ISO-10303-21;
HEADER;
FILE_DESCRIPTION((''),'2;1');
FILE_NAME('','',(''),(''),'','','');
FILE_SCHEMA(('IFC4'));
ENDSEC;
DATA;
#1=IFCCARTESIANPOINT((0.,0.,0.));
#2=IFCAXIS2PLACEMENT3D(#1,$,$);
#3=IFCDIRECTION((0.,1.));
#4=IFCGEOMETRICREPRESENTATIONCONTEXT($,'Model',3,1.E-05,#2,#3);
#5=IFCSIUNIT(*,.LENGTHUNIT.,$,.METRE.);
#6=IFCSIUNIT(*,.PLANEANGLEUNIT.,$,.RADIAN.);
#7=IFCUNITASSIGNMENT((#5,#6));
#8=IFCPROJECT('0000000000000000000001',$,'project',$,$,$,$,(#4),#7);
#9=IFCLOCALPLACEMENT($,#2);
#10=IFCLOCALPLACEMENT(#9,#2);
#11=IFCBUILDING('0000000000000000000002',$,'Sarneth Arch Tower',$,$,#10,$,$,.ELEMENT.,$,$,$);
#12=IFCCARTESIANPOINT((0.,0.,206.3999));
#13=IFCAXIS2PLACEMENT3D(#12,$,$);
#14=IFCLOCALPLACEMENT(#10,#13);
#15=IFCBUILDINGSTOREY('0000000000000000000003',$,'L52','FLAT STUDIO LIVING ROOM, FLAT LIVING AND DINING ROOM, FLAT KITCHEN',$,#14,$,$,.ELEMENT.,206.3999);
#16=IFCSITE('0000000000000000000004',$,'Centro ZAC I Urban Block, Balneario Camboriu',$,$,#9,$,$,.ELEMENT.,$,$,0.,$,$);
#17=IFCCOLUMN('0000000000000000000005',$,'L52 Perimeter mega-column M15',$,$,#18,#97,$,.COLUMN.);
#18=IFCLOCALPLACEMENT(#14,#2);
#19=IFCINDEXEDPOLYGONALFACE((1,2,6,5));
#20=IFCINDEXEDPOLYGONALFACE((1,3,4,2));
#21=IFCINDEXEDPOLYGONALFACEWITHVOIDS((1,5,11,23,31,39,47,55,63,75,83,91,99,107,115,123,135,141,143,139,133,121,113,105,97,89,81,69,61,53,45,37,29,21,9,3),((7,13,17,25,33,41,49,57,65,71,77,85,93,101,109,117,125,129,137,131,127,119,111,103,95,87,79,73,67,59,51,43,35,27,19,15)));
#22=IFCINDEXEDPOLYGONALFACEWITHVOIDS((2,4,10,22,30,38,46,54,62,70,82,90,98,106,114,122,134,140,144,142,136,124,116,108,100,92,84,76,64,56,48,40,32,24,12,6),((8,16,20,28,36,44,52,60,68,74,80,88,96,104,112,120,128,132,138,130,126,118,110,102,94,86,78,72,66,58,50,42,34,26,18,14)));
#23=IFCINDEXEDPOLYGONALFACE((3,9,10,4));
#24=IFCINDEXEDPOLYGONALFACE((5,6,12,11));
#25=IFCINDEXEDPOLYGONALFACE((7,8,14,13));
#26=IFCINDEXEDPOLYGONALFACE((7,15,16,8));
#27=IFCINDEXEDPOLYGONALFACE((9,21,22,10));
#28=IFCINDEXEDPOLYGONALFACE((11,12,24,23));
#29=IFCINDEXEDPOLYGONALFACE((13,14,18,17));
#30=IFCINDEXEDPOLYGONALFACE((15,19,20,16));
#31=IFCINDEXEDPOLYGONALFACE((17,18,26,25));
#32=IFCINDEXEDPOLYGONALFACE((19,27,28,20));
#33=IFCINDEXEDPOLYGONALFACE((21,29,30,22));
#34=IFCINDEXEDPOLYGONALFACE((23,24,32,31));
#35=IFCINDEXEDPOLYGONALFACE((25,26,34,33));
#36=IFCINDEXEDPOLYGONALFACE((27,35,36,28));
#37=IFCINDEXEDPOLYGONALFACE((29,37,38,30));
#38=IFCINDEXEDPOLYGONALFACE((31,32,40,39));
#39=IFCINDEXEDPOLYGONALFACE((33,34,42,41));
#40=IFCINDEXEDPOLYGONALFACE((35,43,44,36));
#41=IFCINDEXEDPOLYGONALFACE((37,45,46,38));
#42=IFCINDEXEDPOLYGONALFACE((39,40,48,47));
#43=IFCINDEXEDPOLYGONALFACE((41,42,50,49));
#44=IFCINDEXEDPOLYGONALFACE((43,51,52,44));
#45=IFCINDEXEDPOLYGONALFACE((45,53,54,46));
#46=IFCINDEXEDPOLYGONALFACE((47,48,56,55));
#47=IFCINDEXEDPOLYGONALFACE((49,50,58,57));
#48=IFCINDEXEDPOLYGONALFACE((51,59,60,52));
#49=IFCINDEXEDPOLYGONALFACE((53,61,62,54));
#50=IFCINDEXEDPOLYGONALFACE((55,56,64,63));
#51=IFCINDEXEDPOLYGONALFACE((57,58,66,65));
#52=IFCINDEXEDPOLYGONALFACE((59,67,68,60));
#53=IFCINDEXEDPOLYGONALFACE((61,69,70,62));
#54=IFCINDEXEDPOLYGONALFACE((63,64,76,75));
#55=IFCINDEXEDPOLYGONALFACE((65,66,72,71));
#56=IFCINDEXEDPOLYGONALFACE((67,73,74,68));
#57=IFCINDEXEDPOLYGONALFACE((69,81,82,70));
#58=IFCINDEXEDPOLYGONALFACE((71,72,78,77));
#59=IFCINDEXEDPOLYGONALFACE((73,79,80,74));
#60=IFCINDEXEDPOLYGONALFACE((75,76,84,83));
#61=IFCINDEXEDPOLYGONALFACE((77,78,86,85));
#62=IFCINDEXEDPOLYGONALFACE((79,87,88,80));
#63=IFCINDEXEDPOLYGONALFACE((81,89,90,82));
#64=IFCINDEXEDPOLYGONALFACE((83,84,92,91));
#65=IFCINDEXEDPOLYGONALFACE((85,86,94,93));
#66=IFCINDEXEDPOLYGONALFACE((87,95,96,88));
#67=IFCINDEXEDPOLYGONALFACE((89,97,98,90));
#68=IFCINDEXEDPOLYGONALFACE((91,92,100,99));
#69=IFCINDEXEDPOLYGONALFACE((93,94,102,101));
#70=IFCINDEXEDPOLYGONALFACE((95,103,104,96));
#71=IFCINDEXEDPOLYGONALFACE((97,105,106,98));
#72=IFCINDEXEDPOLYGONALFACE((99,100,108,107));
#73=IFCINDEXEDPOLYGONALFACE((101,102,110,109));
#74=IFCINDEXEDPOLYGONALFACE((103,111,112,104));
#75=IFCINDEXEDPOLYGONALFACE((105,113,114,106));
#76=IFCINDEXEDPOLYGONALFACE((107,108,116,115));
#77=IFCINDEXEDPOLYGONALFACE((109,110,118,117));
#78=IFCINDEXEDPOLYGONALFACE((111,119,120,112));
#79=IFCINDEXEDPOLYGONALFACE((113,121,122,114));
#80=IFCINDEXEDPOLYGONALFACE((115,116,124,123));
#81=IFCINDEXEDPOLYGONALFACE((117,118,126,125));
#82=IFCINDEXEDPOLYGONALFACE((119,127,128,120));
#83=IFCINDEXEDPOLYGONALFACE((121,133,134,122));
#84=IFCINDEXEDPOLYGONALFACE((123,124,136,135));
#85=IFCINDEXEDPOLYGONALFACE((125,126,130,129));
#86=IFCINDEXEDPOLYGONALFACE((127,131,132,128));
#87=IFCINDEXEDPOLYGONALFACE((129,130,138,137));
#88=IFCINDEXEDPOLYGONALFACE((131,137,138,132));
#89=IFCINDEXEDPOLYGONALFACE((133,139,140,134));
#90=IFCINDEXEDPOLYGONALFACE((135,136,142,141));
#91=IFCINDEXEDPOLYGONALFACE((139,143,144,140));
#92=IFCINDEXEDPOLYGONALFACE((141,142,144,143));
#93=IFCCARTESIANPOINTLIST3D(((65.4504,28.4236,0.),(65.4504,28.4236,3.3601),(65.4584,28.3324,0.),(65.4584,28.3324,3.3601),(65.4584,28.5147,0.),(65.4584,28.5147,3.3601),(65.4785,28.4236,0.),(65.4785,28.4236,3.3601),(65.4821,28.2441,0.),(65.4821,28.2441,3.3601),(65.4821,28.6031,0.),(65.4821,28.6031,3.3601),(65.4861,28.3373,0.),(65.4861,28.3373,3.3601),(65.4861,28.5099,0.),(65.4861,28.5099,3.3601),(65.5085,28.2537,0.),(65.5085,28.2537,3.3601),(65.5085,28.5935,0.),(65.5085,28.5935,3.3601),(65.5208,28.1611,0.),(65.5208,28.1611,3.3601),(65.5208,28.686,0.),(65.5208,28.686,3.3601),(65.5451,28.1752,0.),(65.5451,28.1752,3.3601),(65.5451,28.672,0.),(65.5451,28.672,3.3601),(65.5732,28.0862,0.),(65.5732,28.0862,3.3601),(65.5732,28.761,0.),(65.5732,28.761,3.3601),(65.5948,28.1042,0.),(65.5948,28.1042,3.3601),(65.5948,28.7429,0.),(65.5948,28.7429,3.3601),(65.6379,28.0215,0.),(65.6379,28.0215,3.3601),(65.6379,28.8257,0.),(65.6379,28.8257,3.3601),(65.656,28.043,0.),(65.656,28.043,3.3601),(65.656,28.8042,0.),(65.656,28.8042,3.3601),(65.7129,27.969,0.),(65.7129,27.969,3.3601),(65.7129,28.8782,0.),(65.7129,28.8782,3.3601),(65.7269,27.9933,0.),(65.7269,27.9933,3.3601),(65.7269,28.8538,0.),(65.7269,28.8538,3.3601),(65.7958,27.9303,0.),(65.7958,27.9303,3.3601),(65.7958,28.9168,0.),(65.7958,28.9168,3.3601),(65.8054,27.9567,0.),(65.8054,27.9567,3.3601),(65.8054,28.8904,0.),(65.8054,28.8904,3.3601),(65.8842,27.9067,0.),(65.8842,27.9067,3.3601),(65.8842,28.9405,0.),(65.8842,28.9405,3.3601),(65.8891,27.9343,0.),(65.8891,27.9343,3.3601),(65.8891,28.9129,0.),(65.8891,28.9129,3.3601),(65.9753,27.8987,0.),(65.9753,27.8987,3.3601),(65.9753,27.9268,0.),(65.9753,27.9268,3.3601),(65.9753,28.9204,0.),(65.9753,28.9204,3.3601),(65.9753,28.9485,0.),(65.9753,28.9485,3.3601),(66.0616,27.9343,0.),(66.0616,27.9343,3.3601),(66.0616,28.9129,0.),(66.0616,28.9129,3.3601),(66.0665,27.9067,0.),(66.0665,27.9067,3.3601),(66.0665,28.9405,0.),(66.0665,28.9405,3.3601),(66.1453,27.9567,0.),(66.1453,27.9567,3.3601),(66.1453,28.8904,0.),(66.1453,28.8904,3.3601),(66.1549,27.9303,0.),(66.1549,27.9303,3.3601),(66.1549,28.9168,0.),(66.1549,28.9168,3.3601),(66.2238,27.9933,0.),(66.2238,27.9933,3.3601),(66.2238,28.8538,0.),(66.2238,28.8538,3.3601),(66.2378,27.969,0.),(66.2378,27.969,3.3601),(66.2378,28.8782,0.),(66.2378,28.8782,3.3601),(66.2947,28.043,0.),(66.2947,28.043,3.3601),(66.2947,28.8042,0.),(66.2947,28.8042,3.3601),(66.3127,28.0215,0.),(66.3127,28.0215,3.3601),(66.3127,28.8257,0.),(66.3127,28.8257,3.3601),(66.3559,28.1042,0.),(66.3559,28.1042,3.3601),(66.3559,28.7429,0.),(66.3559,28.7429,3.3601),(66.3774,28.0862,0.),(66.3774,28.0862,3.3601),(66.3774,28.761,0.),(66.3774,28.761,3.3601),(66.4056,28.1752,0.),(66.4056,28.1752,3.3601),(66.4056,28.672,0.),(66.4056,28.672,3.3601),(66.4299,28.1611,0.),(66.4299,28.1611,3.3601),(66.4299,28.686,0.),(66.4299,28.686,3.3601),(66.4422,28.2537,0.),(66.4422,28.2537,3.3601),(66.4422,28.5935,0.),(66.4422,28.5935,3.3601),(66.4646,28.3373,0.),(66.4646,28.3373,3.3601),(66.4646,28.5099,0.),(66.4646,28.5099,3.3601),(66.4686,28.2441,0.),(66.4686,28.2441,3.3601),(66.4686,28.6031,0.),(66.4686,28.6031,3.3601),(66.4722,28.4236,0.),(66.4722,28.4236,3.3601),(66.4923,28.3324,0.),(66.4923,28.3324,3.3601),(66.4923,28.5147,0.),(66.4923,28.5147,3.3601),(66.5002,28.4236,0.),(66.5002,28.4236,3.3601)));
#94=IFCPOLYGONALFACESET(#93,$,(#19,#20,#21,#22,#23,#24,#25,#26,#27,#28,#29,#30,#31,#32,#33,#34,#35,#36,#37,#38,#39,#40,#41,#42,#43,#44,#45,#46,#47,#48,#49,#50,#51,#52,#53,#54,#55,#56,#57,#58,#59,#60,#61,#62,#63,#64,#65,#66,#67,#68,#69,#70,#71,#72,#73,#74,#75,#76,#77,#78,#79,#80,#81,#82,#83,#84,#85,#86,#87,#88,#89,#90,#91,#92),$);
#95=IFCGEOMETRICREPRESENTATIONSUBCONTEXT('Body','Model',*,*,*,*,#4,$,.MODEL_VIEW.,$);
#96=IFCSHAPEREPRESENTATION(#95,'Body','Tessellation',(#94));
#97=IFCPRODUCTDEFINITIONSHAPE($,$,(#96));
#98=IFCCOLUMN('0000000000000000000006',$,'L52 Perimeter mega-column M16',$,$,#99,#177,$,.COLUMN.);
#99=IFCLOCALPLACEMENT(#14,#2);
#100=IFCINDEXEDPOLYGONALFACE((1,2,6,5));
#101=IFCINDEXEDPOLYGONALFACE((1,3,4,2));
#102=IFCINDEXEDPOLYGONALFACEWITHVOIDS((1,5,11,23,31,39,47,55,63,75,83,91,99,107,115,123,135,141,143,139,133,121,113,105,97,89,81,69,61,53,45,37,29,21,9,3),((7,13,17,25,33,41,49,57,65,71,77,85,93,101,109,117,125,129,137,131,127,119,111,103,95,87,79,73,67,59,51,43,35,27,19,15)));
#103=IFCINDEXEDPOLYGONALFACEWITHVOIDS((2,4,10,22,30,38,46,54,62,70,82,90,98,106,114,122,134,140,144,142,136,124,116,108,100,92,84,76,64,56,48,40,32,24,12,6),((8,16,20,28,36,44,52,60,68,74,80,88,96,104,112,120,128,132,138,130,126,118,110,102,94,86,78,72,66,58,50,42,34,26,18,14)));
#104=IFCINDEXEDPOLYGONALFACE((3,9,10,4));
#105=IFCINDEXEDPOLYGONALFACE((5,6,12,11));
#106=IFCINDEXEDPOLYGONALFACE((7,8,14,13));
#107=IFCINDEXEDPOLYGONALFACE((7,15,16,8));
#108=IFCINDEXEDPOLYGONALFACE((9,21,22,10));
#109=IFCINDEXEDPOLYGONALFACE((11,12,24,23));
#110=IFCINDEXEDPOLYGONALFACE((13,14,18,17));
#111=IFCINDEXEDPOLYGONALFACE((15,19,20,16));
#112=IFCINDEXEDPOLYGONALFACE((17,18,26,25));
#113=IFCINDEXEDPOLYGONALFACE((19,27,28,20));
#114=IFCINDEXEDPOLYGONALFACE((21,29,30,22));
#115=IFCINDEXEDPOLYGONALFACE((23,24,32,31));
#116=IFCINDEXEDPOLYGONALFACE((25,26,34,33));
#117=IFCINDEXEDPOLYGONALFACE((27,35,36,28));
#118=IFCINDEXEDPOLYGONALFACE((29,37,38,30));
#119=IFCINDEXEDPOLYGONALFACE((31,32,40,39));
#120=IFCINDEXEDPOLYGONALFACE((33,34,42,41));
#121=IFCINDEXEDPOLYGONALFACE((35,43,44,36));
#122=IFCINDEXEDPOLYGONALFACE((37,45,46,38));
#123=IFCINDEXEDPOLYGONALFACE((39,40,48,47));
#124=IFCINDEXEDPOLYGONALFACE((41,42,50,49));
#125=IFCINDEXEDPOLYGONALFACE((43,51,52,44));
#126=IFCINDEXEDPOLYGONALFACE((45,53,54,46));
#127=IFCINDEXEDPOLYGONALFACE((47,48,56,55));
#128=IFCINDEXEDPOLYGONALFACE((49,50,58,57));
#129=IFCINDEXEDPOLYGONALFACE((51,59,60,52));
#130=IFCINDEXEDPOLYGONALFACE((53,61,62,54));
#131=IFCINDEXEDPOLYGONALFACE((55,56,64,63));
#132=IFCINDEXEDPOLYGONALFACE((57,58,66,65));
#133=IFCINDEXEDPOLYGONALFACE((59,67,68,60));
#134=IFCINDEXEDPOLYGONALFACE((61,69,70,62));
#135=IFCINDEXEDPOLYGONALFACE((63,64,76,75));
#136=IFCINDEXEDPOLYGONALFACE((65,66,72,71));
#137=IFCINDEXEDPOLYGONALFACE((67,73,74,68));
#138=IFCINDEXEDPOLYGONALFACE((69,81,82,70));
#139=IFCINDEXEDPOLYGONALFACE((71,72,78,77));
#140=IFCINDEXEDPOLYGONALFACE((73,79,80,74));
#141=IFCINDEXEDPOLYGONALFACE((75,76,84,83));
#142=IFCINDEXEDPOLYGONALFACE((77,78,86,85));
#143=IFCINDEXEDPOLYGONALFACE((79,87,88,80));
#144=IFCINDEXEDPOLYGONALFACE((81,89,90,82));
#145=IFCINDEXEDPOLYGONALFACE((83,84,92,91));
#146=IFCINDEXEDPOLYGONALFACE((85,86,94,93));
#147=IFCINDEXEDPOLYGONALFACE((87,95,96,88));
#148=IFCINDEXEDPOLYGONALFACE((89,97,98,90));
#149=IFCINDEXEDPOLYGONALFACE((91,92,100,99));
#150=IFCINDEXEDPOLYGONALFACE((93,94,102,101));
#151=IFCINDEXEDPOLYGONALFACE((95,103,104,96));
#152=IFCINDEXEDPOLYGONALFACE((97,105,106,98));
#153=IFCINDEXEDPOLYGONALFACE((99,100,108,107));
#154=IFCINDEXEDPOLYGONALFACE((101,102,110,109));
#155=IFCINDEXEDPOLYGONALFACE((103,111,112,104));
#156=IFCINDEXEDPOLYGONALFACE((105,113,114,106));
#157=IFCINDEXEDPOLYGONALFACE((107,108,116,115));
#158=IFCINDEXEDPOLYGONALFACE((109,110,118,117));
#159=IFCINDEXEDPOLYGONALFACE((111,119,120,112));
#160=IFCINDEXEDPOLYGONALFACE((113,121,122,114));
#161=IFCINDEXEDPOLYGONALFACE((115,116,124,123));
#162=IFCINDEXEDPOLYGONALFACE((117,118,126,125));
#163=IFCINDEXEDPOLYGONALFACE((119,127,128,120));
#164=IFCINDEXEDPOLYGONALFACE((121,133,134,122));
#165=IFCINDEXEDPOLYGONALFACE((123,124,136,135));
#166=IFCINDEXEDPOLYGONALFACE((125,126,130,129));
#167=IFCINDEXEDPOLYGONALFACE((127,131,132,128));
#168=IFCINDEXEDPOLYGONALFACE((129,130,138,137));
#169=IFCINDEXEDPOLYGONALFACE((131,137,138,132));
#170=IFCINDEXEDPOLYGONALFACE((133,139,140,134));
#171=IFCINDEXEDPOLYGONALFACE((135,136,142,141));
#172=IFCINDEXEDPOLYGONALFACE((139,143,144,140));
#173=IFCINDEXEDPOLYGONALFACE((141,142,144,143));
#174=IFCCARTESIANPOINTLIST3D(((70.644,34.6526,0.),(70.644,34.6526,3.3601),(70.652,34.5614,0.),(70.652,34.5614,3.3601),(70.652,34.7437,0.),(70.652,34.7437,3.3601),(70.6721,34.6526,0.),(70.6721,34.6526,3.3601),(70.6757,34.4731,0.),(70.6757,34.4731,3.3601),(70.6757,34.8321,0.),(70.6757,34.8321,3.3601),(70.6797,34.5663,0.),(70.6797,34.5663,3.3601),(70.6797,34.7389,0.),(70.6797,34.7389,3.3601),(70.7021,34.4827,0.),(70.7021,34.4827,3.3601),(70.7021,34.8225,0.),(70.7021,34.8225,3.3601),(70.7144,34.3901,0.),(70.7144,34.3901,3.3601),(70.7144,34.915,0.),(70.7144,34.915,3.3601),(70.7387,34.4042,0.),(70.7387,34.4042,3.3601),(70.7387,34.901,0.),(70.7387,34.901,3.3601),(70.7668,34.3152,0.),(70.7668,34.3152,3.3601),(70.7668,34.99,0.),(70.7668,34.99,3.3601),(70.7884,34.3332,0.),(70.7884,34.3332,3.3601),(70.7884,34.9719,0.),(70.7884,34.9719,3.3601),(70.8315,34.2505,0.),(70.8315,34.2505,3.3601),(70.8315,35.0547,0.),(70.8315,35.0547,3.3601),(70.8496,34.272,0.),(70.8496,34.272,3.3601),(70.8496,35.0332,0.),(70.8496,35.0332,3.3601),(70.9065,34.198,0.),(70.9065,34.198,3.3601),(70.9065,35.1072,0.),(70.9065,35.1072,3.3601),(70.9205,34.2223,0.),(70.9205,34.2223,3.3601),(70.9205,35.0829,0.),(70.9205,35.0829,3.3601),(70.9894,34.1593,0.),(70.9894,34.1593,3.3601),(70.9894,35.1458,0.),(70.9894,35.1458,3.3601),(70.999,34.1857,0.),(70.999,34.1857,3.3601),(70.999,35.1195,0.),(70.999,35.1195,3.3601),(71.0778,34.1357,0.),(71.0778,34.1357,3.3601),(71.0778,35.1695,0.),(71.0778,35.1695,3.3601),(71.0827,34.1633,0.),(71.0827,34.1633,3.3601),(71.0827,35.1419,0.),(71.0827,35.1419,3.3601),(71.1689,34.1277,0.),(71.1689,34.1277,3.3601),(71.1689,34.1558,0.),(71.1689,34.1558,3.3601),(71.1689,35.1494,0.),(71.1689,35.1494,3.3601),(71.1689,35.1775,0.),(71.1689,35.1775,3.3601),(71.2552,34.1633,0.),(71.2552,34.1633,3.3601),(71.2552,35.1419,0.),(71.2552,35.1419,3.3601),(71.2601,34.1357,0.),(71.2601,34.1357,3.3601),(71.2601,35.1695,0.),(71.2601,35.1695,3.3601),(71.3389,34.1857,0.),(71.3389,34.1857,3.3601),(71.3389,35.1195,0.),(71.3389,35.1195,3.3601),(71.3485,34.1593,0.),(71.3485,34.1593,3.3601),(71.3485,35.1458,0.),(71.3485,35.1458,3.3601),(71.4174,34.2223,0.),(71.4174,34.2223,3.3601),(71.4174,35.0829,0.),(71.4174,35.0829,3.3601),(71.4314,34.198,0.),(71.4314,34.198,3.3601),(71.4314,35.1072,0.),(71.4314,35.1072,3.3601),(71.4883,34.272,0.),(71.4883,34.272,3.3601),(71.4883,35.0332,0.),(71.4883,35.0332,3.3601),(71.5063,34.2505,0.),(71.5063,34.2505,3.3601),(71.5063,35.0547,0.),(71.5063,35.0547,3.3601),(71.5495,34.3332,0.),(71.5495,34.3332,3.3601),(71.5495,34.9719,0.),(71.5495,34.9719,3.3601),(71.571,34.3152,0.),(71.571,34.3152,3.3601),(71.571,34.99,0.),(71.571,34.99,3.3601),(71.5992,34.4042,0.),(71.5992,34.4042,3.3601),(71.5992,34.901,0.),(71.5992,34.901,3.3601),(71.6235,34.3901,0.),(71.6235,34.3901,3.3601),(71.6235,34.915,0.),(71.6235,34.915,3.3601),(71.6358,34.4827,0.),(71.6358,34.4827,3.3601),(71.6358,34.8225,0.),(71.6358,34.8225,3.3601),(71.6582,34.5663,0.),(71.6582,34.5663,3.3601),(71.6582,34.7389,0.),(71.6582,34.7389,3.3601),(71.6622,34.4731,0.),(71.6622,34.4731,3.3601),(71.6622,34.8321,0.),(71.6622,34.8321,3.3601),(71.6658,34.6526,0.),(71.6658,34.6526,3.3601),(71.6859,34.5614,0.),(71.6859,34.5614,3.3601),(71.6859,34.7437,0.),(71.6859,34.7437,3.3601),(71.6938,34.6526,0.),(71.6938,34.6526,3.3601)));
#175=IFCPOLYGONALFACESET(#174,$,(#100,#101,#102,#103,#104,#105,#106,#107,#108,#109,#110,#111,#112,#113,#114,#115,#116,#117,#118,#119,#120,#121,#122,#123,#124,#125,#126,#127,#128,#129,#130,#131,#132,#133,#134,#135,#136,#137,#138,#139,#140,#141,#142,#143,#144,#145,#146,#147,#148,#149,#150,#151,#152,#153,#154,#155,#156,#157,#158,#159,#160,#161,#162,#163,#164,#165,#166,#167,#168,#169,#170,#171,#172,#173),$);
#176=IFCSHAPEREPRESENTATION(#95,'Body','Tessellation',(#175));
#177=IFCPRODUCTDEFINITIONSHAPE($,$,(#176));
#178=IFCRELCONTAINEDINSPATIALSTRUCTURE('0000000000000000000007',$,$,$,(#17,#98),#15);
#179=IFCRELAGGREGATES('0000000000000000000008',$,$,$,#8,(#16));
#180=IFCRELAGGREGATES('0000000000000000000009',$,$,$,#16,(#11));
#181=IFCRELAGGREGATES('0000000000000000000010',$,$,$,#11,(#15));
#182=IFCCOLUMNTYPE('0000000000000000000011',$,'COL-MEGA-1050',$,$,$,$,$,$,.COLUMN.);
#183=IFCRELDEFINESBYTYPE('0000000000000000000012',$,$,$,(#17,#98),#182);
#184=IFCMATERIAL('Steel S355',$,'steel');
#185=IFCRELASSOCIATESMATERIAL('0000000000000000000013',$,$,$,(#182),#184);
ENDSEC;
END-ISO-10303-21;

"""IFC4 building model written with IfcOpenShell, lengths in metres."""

from ifc_helpers import new_model, si_unit, direction, frame, origin, origin_2d, place, context, subcontext, project, spatial, hollow_circle, extrude, material, material_profile, profile_set, type_object, element, save


model = new_model("IFC4")

# Units and contexts
model_context = context("Model", 3, precision=1e-05, world=origin(), true_north=direction((0.0, 1.0)))
body_context = subcontext(model_context, "Body", "Model", "MODEL_VIEW")
ifc_project = project(units=[si_unit("LENGTHUNIT", "METRE"), si_unit("PLANEANGLEUNIT", "RADIAN")], contexts=[model_context])

# Site, building, storey
site_placement = place(None, origin())
site = spatial("IfcSite", under=ifc_project, at=site_placement, Name="Centro ZAC I Urban Block, Balneario Camboriu", CompositionType="ELEMENT", RefElevation=0.0)
building_placement = place(site_placement, origin())
building = spatial("IfcBuilding", under=site, at=building_placement, Name="Sarneth Arch Tower", CompositionType="ELEMENT")
storey_placement = place(building_placement, frame((0.0, 0.0, 206.3999)))
storey = spatial("IfcBuildingStorey", under=building, at=storey_placement, Name="L52", Description="FLAT STUDIO LIVING ROOM, FLAT LIVING AND DINING ROOM, FLAT KITCHEN", CompositionType="ELEMENT", Elevation=206.3999)

# Columns
ifc_material_1 = material(Name="Steel S355", Category="steel")
ifc_material_profile_1 = material_profile(ifc_material_1, hollow_circle(Radius=0.5249, WallThickness=0.0281, at=origin_2d()), Name="CHS1050x28")
ifc_profile_set_1 = profile_set([ifc_material_profile_1], Name="Steel S355")
column_type = type_object("IfcColumnType", Name="COL-MEGA-1050", PredefinedType="COLUMN", material=ifc_profile_set_1)
for number, where, z_axis, x_axis, name in (
    (1, (65.9753, 28.4236, 0.0), (0.0, 0.0, 1.0), (1.0, 0.0, 0.0), "L52 Perimeter mega-column M15"),
    (2, (71.1689, 34.6526, 0.0), (0.0, 0.0, 1.0), (1.0, 0.0, 0.0), "L52 Perimeter mega-column M16"),
):
    element("IfcColumn", number, at=place(storey_placement, frame(where, z_axis=z_axis, x_axis=x_axis)), inside=storey, type_object=column_type, Name=name, PredefinedType="COLUMN", context=body_context, shape_type="SweptSolid", body=[
        extrude(hollow_circle(Radius=0.5249, WallThickness=0.0281, at=origin_2d()), origin(), (0.0, 0.0, 1.0), 3.3601),
    ])

save(model, "model.ifc")
